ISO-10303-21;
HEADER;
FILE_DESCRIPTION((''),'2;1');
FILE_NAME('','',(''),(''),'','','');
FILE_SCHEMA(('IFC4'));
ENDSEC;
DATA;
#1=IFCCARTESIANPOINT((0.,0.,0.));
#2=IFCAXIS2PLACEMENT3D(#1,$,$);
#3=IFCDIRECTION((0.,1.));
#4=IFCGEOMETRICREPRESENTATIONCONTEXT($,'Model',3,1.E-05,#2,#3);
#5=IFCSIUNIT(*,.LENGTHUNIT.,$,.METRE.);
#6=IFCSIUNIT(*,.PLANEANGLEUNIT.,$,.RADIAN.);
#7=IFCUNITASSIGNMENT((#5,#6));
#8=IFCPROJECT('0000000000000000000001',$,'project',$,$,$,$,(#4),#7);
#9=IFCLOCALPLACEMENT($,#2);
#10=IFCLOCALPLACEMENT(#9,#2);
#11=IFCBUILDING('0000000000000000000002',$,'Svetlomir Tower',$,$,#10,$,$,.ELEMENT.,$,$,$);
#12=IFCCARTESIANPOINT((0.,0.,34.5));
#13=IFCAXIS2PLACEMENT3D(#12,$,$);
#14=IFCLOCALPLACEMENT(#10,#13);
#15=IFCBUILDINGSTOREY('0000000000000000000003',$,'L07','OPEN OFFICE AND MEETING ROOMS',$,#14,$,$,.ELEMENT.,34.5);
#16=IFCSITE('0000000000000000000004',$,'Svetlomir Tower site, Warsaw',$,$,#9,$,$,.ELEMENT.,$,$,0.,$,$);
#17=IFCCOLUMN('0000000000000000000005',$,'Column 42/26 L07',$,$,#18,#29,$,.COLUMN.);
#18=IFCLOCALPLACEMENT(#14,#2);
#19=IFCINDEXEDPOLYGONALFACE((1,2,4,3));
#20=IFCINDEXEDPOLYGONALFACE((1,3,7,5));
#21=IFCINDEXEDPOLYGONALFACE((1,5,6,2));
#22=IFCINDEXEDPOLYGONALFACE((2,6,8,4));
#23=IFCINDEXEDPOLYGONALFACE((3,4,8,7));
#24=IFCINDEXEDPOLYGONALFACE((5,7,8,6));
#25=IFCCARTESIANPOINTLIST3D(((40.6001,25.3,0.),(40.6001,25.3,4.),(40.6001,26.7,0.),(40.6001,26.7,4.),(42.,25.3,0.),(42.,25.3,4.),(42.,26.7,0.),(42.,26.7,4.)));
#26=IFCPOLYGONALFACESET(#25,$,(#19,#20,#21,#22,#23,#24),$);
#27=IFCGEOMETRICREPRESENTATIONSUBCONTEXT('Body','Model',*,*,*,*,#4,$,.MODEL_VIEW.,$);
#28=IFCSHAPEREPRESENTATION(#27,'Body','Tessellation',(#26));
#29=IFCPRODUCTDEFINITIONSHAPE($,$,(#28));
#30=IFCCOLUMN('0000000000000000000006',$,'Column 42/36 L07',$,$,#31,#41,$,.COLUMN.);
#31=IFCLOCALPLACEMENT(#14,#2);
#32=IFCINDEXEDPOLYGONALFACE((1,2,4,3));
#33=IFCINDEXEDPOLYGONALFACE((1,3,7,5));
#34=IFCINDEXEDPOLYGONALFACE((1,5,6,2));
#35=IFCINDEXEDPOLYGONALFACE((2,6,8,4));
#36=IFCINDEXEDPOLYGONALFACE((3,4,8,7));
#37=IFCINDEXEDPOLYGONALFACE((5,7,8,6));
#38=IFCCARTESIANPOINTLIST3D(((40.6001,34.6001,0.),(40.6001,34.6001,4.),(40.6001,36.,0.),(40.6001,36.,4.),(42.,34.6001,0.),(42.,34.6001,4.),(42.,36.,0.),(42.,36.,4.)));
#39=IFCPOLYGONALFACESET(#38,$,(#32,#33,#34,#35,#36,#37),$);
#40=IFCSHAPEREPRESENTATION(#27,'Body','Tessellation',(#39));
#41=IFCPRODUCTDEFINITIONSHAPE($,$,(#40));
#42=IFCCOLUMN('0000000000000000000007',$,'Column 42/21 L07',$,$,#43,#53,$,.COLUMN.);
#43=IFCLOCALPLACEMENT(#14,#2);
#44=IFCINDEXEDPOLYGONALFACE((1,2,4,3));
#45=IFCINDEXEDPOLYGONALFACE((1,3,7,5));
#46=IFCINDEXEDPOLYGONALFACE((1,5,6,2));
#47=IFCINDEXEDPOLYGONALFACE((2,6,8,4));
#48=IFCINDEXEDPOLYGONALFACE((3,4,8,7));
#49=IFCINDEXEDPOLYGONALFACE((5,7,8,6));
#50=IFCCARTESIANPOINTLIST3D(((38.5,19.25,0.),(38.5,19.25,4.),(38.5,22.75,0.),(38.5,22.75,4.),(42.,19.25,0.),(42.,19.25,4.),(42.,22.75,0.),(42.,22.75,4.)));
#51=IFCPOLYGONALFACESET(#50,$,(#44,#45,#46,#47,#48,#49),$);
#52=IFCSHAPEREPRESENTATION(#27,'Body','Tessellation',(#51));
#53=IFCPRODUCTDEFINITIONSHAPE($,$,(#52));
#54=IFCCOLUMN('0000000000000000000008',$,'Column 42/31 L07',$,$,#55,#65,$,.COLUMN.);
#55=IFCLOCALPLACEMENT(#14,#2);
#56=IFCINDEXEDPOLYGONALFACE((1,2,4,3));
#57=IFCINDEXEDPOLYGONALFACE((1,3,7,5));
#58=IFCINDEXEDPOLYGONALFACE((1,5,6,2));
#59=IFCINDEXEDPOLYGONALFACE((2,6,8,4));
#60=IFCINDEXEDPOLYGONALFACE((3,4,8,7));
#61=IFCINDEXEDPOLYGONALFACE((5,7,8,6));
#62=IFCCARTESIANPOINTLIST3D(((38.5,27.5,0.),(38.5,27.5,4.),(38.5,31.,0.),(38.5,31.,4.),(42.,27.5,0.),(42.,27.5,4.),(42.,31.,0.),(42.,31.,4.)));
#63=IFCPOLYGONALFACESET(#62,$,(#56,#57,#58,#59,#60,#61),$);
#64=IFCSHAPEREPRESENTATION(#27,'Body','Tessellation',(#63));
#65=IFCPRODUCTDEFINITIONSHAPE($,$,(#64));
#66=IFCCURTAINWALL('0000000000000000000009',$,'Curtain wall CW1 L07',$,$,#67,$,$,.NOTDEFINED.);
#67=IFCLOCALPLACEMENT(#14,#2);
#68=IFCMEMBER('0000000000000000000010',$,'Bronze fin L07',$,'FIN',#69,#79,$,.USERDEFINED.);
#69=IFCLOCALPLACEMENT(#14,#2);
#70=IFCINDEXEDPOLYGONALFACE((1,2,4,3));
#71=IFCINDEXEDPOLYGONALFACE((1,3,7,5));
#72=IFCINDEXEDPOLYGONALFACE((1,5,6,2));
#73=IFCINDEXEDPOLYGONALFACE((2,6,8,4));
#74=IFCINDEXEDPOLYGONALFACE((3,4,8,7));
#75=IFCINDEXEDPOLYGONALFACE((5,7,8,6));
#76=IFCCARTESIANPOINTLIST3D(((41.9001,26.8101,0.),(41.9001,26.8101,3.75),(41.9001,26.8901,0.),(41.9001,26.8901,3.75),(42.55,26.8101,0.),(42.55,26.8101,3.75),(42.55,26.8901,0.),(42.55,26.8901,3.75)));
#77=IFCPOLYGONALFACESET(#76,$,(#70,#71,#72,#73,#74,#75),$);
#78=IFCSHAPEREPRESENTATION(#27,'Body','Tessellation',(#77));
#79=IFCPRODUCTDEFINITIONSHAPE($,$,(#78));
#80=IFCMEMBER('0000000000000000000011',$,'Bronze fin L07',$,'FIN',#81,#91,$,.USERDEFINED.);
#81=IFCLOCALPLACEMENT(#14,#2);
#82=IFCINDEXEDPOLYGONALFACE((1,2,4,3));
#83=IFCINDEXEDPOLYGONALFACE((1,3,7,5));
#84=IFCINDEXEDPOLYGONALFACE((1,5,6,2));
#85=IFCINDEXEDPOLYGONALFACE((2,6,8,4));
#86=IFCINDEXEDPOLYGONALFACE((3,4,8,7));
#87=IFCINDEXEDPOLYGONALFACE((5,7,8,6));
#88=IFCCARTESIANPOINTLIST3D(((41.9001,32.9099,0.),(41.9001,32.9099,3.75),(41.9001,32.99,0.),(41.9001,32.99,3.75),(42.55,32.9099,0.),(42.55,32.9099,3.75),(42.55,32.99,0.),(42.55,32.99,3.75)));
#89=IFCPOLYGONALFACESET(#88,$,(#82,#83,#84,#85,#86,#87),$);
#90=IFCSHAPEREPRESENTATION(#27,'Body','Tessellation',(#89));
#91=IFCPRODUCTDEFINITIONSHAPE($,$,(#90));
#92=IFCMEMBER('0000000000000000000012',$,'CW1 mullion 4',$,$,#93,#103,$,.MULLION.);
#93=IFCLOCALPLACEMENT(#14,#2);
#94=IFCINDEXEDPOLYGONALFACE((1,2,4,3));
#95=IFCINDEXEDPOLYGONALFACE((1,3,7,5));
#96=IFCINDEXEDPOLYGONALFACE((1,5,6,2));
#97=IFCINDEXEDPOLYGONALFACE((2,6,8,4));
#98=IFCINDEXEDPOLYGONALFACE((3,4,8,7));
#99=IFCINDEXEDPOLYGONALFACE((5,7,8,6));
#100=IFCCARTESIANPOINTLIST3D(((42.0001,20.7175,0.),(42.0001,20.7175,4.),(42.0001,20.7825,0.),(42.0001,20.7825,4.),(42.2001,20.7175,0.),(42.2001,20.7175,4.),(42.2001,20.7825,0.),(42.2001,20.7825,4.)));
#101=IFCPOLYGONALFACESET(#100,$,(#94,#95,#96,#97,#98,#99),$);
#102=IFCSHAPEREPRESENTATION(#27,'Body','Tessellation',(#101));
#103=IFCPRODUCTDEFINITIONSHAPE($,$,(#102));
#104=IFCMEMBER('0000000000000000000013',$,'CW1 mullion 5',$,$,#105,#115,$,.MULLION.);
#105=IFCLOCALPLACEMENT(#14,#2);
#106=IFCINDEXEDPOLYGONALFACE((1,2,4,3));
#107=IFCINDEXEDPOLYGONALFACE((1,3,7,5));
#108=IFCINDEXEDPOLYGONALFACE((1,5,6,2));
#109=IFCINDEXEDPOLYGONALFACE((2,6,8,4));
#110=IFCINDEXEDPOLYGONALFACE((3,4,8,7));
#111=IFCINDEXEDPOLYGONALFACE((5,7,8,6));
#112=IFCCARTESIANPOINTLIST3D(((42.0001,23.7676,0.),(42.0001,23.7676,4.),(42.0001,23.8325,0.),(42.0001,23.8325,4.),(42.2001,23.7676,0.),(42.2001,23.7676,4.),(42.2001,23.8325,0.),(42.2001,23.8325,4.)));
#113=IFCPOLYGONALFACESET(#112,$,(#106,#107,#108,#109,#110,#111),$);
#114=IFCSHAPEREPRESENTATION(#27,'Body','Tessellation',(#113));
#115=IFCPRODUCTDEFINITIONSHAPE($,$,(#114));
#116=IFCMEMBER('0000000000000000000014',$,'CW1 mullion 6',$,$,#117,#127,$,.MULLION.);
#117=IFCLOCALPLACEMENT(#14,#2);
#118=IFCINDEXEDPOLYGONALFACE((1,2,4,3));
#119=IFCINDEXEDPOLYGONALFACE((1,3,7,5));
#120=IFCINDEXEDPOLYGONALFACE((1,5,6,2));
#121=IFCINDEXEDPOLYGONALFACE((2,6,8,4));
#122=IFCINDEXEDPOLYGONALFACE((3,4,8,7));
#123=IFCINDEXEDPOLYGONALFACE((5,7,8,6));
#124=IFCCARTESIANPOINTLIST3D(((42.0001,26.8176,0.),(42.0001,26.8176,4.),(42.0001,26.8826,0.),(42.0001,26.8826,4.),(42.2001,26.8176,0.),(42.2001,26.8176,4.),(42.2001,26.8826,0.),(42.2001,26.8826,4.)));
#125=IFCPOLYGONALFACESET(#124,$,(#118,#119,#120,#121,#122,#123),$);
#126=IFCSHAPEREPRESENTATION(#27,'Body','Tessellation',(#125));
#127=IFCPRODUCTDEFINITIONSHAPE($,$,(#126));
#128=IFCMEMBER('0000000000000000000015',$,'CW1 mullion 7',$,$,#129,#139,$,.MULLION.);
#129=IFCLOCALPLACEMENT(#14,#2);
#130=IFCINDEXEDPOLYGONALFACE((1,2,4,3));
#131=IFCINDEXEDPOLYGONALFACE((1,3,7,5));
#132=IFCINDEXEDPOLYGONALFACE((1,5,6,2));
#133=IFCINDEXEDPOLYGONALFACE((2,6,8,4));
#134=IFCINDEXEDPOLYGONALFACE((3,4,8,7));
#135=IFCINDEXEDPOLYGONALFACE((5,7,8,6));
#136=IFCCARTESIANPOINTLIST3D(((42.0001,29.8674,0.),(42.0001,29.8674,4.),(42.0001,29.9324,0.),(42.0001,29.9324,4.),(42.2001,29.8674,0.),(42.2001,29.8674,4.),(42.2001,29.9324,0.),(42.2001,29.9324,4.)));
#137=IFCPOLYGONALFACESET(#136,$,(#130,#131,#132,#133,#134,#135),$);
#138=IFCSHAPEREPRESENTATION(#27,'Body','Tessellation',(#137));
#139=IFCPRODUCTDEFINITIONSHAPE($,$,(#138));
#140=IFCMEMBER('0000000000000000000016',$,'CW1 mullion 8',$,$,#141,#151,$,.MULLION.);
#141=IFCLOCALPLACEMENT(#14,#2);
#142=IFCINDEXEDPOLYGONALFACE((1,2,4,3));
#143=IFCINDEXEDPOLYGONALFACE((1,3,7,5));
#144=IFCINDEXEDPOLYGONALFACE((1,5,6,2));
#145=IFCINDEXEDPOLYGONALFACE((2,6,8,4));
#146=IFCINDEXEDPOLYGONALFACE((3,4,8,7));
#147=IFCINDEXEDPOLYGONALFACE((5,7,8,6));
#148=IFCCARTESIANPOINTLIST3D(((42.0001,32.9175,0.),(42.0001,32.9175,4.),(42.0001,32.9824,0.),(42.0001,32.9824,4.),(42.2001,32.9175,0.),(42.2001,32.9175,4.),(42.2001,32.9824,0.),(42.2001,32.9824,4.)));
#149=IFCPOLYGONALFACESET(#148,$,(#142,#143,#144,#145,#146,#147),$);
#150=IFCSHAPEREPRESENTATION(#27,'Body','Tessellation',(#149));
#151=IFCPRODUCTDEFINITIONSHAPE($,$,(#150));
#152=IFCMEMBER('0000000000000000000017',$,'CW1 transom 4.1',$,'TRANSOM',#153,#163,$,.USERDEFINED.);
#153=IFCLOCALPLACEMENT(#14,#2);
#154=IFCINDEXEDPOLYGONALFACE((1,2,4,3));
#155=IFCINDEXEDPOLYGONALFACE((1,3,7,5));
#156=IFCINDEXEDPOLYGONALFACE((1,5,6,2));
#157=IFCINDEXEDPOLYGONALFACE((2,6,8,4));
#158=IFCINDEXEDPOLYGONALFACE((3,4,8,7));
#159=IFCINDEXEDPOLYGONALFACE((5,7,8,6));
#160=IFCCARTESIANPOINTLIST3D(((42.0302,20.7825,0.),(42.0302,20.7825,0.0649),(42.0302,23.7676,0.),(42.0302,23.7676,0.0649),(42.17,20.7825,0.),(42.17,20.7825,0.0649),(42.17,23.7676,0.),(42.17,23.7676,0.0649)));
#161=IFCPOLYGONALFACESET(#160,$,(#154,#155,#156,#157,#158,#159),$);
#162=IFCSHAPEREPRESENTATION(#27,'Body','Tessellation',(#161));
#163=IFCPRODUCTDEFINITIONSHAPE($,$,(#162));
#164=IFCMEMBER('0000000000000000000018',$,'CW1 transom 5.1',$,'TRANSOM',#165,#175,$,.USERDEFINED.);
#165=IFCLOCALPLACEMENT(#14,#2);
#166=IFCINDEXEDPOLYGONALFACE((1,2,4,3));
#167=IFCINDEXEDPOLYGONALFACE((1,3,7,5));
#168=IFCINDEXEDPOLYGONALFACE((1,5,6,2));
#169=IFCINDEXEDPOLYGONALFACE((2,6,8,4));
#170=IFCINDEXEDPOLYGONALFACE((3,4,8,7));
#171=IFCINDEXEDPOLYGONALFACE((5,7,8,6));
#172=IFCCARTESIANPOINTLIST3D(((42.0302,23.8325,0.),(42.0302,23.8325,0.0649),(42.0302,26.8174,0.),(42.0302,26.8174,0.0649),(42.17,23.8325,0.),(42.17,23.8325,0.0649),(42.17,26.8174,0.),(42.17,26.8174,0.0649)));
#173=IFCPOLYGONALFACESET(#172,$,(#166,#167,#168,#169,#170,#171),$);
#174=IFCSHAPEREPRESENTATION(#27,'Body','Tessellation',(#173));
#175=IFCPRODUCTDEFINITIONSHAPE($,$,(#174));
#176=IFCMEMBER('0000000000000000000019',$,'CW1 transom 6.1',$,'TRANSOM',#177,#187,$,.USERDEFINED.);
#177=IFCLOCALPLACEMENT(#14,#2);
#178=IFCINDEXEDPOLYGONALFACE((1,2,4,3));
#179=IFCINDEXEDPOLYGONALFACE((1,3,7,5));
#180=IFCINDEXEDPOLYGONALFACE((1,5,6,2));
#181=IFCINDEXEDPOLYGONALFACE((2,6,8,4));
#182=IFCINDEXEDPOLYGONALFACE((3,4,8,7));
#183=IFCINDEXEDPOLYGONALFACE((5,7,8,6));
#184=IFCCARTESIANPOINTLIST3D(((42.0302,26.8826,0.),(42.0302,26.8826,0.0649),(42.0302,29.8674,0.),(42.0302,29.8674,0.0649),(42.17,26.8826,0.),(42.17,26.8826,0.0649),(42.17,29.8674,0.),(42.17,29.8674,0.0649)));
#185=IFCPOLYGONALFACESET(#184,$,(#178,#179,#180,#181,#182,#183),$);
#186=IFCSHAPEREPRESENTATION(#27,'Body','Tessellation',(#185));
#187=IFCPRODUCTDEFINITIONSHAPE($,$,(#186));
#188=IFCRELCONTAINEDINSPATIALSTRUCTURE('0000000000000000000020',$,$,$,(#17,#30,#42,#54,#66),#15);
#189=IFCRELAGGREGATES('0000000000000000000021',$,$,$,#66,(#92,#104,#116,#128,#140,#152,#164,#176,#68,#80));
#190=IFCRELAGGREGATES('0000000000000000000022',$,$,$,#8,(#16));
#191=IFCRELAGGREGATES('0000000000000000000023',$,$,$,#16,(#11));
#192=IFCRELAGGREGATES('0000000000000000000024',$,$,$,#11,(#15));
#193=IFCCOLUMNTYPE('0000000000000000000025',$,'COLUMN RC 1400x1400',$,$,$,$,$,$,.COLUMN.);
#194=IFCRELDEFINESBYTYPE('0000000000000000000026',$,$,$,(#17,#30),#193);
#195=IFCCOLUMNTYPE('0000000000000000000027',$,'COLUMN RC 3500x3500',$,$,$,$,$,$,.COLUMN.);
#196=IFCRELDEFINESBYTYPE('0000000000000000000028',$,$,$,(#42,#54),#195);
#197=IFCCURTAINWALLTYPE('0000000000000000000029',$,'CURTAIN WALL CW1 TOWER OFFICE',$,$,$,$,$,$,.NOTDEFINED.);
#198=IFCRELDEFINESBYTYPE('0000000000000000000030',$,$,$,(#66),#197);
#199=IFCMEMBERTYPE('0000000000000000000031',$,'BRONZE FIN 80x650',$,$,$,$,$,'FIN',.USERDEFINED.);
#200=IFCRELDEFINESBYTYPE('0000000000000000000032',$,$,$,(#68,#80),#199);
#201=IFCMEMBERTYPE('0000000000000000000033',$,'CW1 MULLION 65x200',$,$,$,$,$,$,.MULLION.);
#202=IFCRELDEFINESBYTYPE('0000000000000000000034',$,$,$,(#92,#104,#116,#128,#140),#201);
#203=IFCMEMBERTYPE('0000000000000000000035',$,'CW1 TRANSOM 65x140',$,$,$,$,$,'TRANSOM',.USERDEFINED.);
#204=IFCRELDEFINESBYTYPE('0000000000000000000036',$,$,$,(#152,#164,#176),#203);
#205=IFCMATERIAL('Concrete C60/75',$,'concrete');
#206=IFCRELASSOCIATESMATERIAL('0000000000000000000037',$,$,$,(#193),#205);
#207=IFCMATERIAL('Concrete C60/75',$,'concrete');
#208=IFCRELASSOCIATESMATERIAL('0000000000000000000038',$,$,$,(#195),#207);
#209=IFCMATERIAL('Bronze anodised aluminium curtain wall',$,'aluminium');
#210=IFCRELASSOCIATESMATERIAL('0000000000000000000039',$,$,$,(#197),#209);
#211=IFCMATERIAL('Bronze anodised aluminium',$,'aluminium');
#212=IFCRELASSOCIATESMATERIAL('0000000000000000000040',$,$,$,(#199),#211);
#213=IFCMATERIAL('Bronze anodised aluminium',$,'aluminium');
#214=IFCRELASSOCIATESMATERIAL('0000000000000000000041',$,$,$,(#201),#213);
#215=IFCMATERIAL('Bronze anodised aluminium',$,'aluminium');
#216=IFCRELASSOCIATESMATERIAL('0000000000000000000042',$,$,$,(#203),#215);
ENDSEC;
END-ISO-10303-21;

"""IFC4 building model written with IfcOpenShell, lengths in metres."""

from ifc_helpers import new_model, si_unit, direction, frame, origin, origin_2d, place, context, subcontext, project, spatial, rectangle, extrude, material, material_profile, profile_set, type_object, element, aggregate, save


model = new_model("IFC4")

# Units and contexts
model_context = context("Model", 3, precision=1e-05, world=origin(), true_north=direction((0.0, 1.0)))
body_context = subcontext(model_context, "Body", "Model", "MODEL_VIEW")
ifc_project = project(units=[si_unit("LENGTHUNIT", "METRE"), si_unit("PLANEANGLEUNIT", "RADIAN")], contexts=[model_context])

# Site, building, storey
site_placement = place(None, origin())
site = spatial("IfcSite", under=ifc_project, at=site_placement, Name="Svetlomir Tower site, Warsaw", CompositionType="ELEMENT", RefElevation=0.0)
building_placement = place(site_placement, origin())
building = spatial("IfcBuilding", under=site, at=building_placement, Name="Svetlomir Tower", CompositionType="ELEMENT")
storey_placement = place(building_placement, frame((0.0, 0.0, 34.5)))
storey = spatial("IfcBuildingStorey", under=building, at=storey_placement, Name="L07", Description="OPEN OFFICE AND MEETING ROOMS", CompositionType="ELEMENT", Elevation=34.5)

# Columns
ifc_material_1 = material(Name="Concrete C60/75", Category="concrete")
ifc_material_profile_1 = material_profile(ifc_material_1, rectangle(XDim=1.3999, YDim=1.3999, at=origin_2d()), Name="RC 1400x1400")
ifc_profile_set_1 = profile_set([ifc_material_profile_1], Name="Concrete C60/75")
column_type_1 = type_object("IfcColumnType", Name="COLUMN RC 1400x1400", PredefinedType="COLUMN", material=ifc_profile_set_1)
for number, where, z_axis, x_axis, name in (
    (1, (41.3, 26.0, 0.0), (0.0, 0.0, 1.0), (1.0, 0.0, 0.0), "Column 42/26 L07"),
    (2, (41.3, 35.3, 0.0), (0.0, 0.0, 1.0), (1.0, 0.0, 0.0), "Column 42/36 L07"),
):
    element("IfcColumn", number, at=place(storey_placement, frame(where, z_axis=z_axis, x_axis=x_axis)), inside=storey, type_object=column_type_1, Name=name, PredefinedType="COLUMN", context=body_context, shape_type="SweptSolid", body=[
        extrude(rectangle(XDim=1.3999, YDim=1.3999, at=origin_2d()), origin(), (0.0, 0.0, 1.0), 4.0),
    ])
ifc_material_2 = material(Name="Concrete C60/75", Category="concrete")
ifc_material_profile_2 = material_profile(ifc_material_2, rectangle(XDim=3.5, YDim=3.5, at=origin_2d()), Name="RC 3500x3500")
ifc_profile_set_2 = profile_set([ifc_material_profile_2], Name="Concrete C60/75")
column_type_2 = type_object("IfcColumnType", Name="COLUMN RC 3500x3500", PredefinedType="COLUMN", material=ifc_profile_set_2)
for number, where, z_axis, x_axis, name in (
    (3, (40.25, 21.0, 0.0), (0.0, 0.0, 1.0), (1.0, 0.0, 0.0), "Column 42/21 L07"),
    (4, (40.25, 29.25, 0.0), (0.0, 0.0, 1.0), (1.0, 0.0, 0.0), "Column 42/31 L07"),
):
    element("IfcColumn", number, at=place(storey_placement, frame(where, z_axis=z_axis, x_axis=x_axis)), inside=storey, type_object=column_type_2, Name=name, PredefinedType="COLUMN", context=body_context, shape_type="SweptSolid", body=[
        extrude(rectangle(XDim=3.5, YDim=3.5, at=origin_2d()), origin(), (0.0, 0.0, 1.0), 4.0),
    ])

# Curtain wall, members
ifc_material_3 = material(Name="Bronze anodised aluminium curtain wall", Category="aluminium")
curtain_wall_type = type_object("IfcCurtainWallType", Name="CURTAIN WALL CW1 TOWER OFFICE", PredefinedType="NOTDEFINED", material=ifc_material_3)
curtain_wall_placement = place(storey_placement, origin())
curtain_wall = element("IfcCurtainWall", 5, at=curtain_wall_placement, inside=storey, type_object=curtain_wall_type, Name="Curtain wall CW1 L07", PredefinedType="NOTDEFINED")
ifc_material_4 = material(Name="Bronze anodised aluminium", Category="aluminium")
ifc_material_profile_3 = material_profile(ifc_material_4, rectangle(XDim=0.0801, YDim=0.6499, at=origin_2d()), Name="FIN 80x650")
ifc_profile_set_3 = profile_set([ifc_material_profile_3], Name="Bronze anodised aluminium 6063-T6")
member_type_1 = type_object("IfcMemberType", Name="BRONZE FIN 80x650", ElementType="FIN", PredefinedType="USERDEFINED", material=ifc_profile_set_3)
member_1_placement = place(storey_placement, frame((42.2251, 26.8501, 0.0), z_axis=(0.0, 0.0, 1.0), x_axis=(0.0, 1.0, 0.0)))
member_1 = element("IfcMember", 6, at=member_1_placement, type_object=member_type_1, Name="Bronze fin L07", ObjectType="FIN", PredefinedType="USERDEFINED", context=body_context, shape_type="SweptSolid", body=[
    extrude(rectangle(XDim=0.0801, YDim=0.6499, at=origin_2d()), origin(), (0.0, 0.0, 1.0), 3.75),
])
member_2_placement = place(storey_placement, frame((42.2251, 32.95, 0.0), z_axis=(0.0, 0.0, 1.0), x_axis=(0.0, 1.0, 0.0)))
member_2 = element("IfcMember", 7, at=member_2_placement, type_object=member_type_1, Name="Bronze fin L07", ObjectType="FIN", PredefinedType="USERDEFINED", context=body_context, shape_type="SweptSolid", body=[
    extrude(rectangle(XDim=0.0801, YDim=0.6499, at=origin_2d()), origin(), (0.0, 0.0, 1.0), 3.75),
])
ifc_material_5 = material(Name="Bronze anodised aluminium", Category="aluminium")
ifc_material_profile_4 = material_profile(ifc_material_5, rectangle(XDim=0.0649, YDim=0.2, at=origin_2d()), Name="AL 65x200")
ifc_profile_set_4 = profile_set([ifc_material_profile_4], Name="Bronze anodised aluminium 6063-T6")
member_type_2 = type_object("IfcMemberType", Name="CW1 MULLION 65x200", PredefinedType="MULLION", material=ifc_profile_set_4)
member_3_placement = place(storey_placement, frame((42.1001, 20.75, 0.0), z_axis=(0.0, 0.0, 1.0), x_axis=(0.0, 1.0, 0.0)))
member_3 = element("IfcMember", 8, at=member_3_placement, type_object=member_type_2, Name="CW1 mullion 4", PredefinedType="MULLION", context=body_context, shape_type="SweptSolid", body=[
    extrude(rectangle(XDim=0.0649, YDim=0.2, at=origin_2d()), origin(), (0.0, 0.0, 1.0), 4.0),
])
member_4_placement = place(storey_placement, frame((42.1001, 23.8, 0.0), z_axis=(0.0, 0.0, 1.0), x_axis=(0.0, 1.0, 0.0)))
member_4 = element("IfcMember", 9, at=member_4_placement, type_object=member_type_2, Name="CW1 mullion 5", PredefinedType="MULLION", context=body_context, shape_type="SweptSolid", body=[
    extrude(rectangle(XDim=0.0649, YDim=0.2, at=origin_2d()), origin(), (0.0, 0.0, 1.0), 4.0),
])
member_5_placement = place(storey_placement, frame((42.1001, 26.8501, 0.0), z_axis=(0.0, 0.0, 1.0), x_axis=(0.0, 1.0, 0.0)))
member_5 = element("IfcMember", 10, at=member_5_placement, type_object=member_type_2, Name="CW1 mullion 6", PredefinedType="MULLION", context=body_context, shape_type="SweptSolid", body=[
    extrude(rectangle(XDim=0.0649, YDim=0.2, at=origin_2d()), origin(), (0.0, 0.0, 1.0), 4.0),
])
member_6_placement = place(storey_placement, frame((42.1001, 29.8999, 0.0), z_axis=(0.0, 0.0, 1.0), x_axis=(0.0, 1.0, 0.0)))
member_6 = element("IfcMember", 11, at=member_6_placement, type_object=member_type_2, Name="CW1 mullion 7", PredefinedType="MULLION", context=body_context, shape_type="SweptSolid", body=[
    extrude(rectangle(XDim=0.0649, YDim=0.2, at=origin_2d()), origin(), (0.0, 0.0, 1.0), 4.0),
])
member_7_placement = place(storey_placement, frame((42.1001, 32.95, 0.0), z_axis=(0.0, 0.0, 1.0), x_axis=(0.0, 1.0, 0.0)))
member_7 = element("IfcMember", 12, at=member_7_placement, type_object=member_type_2, Name="CW1 mullion 8", PredefinedType="MULLION", context=body_context, shape_type="SweptSolid", body=[
    extrude(rectangle(XDim=0.0649, YDim=0.2, at=origin_2d()), origin(), (0.0, 0.0, 1.0), 4.0),
])
ifc_material_6 = material(Name="Bronze anodised aluminium", Category="aluminium")
ifc_material_profile_5 = material_profile(ifc_material_6, rectangle(XDim=0.1399, YDim=0.0649, at=origin_2d()), Name="AL 140x65")
ifc_profile_set_5 = profile_set([ifc_material_profile_5], Name="Bronze anodised aluminium 6063-T6")
member_type_3 = type_object("IfcMemberType", Name="CW1 TRANSOM 65x140", ElementType="TRANSOM", PredefinedType="USERDEFINED", material=ifc_profile_set_5)
member_8_placement = place(storey_placement, frame((42.1001, 20.7825, 0.0325), z_axis=(0.0, 1.0, 0.0), x_axis=(-1.0, 0.0, 0.0)))
member_8 = element("IfcMember", 13, at=member_8_placement, type_object=member_type_3, Name="CW1 transom 4.1", ObjectType="TRANSOM", PredefinedType="USERDEFINED", context=body_context, shape_type="SweptSolid", body=[
    extrude(rectangle(XDim=0.1399, YDim=0.0649, at=origin_2d()), origin(), (0.0, 0.0, 1.0), 2.9851),
])
member_9_placement = place(storey_placement, frame((42.1001, 23.8325, 0.0325), z_axis=(0.0, 1.0, 0.0), x_axis=(-1.0, 0.0, 0.0)))
member_9 = element("IfcMember", 14, at=member_9_placement, type_object=member_type_3, Name="CW1 transom 5.1", ObjectType="TRANSOM", PredefinedType="USERDEFINED", context=body_context, shape_type="SweptSolid", body=[
    extrude(rectangle(XDim=0.1399, YDim=0.0649, at=origin_2d()), origin(), (0.0, 0.0, 1.0), 2.9849),
])
member_10_placement = place(storey_placement, frame((42.1001, 26.8826, 0.0325), z_axis=(0.0, 1.0, 0.0), x_axis=(-1.0, 0.0, 0.0)))
member_10 = element("IfcMember", 15, at=member_10_placement, type_object=member_type_3, Name="CW1 transom 6.1", ObjectType="TRANSOM", PredefinedType="USERDEFINED", context=body_context, shape_type="SweptSolid", body=[
    extrude(rectangle(XDim=0.1399, YDim=0.0649, at=origin_2d()), origin(), (0.0, 0.0, 1.0), 2.9849),
])

aggregate(curtain_wall, [member_3, member_4, member_5, member_6, member_7, member_8, member_9, member_10, member_1, member_2])

save(model, "model.ifc")
